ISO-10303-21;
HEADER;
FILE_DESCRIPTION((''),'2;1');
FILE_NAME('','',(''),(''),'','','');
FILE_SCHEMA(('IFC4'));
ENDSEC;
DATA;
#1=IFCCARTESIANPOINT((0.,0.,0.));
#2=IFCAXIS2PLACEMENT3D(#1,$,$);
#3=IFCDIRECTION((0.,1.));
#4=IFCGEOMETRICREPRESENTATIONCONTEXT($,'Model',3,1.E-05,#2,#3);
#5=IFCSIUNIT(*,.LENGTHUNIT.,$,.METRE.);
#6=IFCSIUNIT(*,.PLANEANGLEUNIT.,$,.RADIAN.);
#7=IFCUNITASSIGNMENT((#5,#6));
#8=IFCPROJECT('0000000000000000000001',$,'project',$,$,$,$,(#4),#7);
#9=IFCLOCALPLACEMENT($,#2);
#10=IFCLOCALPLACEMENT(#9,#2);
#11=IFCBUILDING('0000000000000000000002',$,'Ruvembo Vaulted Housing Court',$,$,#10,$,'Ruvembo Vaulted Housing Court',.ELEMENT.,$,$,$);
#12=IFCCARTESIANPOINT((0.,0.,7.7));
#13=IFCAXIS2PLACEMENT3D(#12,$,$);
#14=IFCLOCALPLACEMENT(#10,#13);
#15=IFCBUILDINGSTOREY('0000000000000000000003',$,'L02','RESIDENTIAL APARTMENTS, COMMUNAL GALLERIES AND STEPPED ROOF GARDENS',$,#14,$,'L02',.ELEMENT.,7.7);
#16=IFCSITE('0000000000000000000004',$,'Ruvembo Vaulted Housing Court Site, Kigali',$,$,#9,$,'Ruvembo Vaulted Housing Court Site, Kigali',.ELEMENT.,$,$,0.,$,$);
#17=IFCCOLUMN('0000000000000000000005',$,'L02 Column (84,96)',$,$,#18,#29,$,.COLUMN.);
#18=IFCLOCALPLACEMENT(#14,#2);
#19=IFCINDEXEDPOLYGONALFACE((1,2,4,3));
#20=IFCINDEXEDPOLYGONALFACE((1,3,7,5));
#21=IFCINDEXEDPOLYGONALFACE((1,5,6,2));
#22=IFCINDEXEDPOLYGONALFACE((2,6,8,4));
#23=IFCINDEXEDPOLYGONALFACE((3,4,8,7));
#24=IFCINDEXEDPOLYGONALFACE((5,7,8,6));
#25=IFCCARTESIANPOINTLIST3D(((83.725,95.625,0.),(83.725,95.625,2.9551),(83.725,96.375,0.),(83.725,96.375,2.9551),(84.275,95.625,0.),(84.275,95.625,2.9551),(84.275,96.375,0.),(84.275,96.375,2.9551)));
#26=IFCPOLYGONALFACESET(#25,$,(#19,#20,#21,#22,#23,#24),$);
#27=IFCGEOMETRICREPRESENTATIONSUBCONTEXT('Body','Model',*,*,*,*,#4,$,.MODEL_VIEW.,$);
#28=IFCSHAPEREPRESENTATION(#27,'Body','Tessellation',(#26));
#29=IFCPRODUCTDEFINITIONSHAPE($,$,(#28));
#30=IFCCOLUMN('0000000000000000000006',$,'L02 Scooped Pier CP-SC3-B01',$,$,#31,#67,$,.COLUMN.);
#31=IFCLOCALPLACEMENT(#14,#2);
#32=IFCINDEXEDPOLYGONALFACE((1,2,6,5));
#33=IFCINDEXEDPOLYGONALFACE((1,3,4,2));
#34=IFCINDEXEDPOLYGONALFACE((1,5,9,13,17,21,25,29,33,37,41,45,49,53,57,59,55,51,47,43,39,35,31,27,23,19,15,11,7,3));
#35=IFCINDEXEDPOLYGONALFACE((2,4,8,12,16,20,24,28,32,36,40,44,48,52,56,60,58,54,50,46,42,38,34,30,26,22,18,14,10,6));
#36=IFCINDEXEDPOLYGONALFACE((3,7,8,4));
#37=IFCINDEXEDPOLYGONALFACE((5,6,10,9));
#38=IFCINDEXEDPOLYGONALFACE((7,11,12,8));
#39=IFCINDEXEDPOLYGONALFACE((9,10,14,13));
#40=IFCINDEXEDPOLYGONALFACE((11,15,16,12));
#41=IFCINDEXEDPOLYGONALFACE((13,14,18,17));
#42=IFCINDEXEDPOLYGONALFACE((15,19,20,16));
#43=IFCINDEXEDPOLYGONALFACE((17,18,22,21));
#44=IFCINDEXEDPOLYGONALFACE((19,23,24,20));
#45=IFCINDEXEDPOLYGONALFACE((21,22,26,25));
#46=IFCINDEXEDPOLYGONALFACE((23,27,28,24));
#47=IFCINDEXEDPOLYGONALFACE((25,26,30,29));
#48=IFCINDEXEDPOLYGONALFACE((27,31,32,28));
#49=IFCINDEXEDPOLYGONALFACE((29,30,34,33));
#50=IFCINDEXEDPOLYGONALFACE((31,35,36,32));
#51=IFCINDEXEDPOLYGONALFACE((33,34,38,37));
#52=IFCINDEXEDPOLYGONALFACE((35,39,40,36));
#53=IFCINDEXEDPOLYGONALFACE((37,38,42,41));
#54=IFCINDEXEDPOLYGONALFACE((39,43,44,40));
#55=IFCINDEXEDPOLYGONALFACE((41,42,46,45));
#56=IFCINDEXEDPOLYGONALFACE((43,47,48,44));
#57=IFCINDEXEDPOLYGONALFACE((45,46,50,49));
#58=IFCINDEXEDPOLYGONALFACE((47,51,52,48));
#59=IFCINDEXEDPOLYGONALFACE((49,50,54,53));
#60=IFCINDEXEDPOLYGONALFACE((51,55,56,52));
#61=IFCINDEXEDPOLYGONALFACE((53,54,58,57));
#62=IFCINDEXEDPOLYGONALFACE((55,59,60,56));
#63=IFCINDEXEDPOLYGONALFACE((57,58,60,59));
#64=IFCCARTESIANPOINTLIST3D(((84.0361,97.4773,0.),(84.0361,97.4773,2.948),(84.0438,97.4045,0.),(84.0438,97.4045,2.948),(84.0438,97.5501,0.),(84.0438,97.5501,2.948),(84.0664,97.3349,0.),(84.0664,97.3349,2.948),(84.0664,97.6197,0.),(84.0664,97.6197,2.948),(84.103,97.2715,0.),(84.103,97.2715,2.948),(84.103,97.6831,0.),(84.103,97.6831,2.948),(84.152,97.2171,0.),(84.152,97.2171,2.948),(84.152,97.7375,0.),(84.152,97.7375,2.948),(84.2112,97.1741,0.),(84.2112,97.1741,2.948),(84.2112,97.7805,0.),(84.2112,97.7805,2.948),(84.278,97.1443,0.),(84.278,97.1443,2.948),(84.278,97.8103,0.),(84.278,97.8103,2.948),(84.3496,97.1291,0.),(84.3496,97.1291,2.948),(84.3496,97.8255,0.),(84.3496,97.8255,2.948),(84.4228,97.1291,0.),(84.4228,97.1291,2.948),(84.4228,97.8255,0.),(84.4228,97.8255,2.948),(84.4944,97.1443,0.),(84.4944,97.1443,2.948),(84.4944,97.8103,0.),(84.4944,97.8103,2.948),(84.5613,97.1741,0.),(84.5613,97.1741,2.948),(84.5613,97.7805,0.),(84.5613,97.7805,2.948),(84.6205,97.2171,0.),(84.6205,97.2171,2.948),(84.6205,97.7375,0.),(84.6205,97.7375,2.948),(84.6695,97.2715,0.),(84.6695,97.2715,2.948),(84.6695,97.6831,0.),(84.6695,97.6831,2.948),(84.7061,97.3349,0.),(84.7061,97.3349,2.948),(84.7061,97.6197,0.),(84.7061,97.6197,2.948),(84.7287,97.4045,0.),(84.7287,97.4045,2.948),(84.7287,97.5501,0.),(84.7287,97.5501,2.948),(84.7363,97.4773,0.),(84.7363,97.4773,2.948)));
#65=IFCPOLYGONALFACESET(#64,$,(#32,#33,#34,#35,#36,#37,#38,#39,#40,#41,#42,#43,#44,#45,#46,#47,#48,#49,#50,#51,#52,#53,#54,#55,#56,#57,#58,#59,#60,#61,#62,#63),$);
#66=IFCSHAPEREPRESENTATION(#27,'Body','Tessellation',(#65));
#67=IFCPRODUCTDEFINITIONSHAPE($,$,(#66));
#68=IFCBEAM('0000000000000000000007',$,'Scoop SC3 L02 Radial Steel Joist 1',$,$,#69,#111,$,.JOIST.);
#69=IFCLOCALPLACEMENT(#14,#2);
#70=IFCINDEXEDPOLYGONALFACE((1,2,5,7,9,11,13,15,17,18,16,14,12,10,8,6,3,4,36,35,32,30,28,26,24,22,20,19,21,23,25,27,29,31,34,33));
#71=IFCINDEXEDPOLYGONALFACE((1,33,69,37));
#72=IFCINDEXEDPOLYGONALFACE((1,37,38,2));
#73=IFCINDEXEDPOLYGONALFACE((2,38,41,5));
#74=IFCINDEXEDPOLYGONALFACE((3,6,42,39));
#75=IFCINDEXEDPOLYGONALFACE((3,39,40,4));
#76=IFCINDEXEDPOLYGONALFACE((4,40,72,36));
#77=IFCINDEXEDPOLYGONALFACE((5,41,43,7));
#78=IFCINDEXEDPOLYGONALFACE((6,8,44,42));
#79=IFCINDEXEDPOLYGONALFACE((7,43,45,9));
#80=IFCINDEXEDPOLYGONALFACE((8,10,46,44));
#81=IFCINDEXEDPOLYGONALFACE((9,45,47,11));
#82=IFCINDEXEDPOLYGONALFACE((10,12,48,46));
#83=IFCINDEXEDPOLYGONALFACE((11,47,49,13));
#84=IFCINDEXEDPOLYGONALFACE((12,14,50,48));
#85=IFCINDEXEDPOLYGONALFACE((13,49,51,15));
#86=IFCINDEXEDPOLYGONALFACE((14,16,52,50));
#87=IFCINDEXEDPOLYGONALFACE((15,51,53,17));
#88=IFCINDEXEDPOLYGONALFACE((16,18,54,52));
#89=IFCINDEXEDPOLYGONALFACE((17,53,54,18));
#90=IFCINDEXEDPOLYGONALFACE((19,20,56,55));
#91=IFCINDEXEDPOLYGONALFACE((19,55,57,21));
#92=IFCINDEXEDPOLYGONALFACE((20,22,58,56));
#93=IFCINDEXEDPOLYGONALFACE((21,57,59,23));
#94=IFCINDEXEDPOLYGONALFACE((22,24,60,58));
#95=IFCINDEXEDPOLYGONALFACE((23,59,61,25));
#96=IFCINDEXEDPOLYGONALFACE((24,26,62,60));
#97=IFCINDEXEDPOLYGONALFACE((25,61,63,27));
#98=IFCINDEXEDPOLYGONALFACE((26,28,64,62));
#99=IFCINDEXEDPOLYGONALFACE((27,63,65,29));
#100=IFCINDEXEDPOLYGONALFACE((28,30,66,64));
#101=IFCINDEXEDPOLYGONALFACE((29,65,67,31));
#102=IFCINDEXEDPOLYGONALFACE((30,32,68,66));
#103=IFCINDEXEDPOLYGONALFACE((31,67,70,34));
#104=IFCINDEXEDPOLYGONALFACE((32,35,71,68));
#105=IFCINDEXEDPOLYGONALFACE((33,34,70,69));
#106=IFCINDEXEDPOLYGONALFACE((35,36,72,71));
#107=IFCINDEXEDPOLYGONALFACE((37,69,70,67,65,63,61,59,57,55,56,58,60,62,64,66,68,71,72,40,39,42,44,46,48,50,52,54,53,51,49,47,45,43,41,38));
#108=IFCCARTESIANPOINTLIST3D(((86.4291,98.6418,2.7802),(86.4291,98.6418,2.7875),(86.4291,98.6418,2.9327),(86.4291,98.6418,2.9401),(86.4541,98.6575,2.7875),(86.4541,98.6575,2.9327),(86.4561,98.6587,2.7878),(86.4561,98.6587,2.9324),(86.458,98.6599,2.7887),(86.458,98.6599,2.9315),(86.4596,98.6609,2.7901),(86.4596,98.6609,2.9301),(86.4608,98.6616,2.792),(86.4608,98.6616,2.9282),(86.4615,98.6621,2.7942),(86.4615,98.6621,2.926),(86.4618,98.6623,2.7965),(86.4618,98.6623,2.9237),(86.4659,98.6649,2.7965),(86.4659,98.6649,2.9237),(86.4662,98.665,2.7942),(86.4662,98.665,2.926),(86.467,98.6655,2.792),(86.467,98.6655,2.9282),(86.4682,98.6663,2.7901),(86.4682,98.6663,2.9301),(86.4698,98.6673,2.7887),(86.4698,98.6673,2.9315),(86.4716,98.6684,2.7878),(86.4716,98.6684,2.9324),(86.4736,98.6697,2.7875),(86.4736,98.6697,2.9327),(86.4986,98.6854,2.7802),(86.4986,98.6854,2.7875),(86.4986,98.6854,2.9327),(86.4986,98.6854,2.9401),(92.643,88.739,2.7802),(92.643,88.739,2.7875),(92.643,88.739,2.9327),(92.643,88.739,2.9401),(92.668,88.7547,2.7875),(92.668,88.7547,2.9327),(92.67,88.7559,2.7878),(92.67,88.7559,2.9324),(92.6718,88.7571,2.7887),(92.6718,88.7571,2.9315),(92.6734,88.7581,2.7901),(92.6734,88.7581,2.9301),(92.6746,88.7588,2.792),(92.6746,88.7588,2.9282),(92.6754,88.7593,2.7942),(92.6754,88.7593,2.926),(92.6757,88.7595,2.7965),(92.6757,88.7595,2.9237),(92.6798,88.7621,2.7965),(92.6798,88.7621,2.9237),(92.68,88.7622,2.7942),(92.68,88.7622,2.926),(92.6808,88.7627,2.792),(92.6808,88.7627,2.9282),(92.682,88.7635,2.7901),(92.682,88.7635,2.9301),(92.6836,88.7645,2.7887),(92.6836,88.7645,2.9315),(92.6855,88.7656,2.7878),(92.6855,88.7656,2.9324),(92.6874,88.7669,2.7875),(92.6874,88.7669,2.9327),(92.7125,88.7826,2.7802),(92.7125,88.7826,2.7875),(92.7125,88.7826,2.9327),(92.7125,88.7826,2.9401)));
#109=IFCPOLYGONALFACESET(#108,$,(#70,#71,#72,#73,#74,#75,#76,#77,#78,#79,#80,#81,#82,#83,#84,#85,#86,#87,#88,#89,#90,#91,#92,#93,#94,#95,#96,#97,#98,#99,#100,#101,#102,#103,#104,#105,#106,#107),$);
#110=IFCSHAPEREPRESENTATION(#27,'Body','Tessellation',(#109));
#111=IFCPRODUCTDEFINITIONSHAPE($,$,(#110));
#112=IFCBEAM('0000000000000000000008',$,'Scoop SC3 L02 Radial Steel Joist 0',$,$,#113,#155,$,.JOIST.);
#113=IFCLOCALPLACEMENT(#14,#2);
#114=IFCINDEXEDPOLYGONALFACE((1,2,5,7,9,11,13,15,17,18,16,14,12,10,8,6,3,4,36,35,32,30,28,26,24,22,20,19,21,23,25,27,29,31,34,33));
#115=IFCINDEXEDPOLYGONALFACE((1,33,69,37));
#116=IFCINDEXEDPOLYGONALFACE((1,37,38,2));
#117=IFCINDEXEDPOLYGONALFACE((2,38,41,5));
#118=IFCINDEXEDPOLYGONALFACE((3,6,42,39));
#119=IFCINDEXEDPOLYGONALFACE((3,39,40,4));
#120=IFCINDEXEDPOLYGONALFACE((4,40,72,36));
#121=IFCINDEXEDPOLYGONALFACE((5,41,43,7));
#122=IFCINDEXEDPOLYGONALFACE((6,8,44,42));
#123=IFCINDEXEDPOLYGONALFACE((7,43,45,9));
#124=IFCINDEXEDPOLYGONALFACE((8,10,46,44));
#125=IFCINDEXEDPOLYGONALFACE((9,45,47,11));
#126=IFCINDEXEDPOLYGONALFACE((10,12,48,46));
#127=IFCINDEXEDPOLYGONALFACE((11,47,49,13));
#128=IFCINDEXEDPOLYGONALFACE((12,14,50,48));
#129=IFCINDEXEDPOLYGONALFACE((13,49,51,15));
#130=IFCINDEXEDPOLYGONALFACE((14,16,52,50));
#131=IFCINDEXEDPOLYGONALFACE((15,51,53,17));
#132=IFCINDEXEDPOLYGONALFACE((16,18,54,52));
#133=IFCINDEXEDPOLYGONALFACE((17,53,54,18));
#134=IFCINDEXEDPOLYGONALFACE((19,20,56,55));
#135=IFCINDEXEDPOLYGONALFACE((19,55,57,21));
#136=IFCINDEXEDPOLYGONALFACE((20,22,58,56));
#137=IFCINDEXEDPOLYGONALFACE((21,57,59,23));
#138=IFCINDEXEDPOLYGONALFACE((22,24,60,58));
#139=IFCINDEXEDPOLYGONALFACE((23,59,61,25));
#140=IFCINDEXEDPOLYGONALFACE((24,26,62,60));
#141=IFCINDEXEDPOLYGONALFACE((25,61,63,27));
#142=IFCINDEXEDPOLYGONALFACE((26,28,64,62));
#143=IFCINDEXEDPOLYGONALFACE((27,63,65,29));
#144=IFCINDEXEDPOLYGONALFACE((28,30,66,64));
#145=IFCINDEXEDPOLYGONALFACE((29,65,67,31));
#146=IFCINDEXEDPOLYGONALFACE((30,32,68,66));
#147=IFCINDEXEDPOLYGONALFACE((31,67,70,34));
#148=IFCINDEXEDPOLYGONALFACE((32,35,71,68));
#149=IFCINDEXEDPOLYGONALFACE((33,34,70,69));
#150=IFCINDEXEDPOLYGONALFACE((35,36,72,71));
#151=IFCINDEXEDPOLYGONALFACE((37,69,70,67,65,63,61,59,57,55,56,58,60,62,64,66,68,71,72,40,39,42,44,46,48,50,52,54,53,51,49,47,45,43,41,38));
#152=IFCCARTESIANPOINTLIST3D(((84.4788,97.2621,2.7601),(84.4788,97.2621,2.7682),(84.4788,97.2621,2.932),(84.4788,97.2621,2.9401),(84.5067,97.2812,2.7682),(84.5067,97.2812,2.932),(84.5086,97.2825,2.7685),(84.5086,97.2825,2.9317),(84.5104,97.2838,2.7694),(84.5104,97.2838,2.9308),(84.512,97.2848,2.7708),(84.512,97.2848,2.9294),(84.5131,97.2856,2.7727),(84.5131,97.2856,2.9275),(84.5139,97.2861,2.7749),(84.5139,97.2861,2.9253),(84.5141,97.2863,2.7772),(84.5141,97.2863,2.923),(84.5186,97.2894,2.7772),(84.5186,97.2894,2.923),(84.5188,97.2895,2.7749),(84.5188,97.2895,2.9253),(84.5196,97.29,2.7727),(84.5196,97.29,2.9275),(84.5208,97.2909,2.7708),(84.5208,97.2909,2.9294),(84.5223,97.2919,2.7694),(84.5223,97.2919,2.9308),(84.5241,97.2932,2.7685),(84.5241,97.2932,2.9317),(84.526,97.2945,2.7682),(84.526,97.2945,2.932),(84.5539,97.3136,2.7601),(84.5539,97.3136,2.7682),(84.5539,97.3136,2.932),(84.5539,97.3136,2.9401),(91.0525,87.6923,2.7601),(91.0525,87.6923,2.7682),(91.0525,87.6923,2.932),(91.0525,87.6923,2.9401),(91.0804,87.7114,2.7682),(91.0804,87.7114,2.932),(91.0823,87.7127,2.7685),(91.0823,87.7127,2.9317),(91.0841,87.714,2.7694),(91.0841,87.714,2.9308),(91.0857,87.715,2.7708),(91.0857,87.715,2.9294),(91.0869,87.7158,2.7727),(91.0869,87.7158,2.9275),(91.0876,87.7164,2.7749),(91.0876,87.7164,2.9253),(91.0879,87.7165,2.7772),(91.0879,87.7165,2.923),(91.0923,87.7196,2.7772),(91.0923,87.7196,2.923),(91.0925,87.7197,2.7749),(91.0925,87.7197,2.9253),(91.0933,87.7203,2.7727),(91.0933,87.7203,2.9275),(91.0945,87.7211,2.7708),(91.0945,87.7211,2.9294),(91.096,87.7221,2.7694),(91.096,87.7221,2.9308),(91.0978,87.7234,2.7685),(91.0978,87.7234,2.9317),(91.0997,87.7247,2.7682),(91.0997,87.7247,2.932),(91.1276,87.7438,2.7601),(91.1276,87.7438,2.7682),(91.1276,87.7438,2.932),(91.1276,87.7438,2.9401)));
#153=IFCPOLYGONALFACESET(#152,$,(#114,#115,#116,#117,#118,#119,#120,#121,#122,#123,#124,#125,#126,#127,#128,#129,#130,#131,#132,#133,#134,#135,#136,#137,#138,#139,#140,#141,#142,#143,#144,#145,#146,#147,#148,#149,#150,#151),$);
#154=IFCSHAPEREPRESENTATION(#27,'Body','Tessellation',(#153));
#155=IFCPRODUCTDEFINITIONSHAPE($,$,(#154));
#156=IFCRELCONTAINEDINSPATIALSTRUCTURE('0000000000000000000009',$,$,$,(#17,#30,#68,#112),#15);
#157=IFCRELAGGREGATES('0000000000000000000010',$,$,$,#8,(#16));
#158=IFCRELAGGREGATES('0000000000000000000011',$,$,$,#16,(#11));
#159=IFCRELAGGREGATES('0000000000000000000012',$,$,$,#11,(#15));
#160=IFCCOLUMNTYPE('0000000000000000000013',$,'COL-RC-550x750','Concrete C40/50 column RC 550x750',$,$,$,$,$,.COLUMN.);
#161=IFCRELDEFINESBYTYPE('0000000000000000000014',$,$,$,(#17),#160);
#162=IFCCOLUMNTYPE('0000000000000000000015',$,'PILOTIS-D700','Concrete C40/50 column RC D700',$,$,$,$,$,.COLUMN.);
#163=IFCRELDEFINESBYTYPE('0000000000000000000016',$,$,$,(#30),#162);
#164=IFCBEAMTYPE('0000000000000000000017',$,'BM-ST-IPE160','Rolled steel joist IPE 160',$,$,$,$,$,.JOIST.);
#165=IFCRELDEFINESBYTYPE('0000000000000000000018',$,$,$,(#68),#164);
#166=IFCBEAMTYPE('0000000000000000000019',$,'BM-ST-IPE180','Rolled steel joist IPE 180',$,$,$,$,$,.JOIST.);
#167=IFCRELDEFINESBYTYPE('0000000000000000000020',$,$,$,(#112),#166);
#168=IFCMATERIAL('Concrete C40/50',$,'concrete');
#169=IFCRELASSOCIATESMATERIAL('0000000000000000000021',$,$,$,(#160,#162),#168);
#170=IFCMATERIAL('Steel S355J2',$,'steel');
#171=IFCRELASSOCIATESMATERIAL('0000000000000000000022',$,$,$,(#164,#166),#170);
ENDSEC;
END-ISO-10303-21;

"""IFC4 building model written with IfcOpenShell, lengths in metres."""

from ifc_helpers import new_model, si_unit, direction, frame, origin, origin_2d, place, context, subcontext, project, spatial, rectangle, circle, i_section, extrude, material, material_profile, profile_set, type_object, element, save


model = new_model("IFC4")

# Units and contexts
model_context = context("Model", 3, precision=1e-05, world=origin(), true_north=direction((0.0, 1.0)))
body_context = subcontext(model_context, "Body", "Model", "MODEL_VIEW")
ifc_project = project(units=[si_unit("LENGTHUNIT", "METRE"), si_unit("PLANEANGLEUNIT", "RADIAN")], contexts=[model_context])

# Site, building, storey
site_placement = place(None, origin())
site = spatial("IfcSite", under=ifc_project, at=site_placement, Name="Ruvembo Vaulted Housing Court Site, Kigali", LongName="Ruvembo Vaulted Housing Court Site, Kigali", CompositionType="ELEMENT", RefElevation=0.0)
building_placement = place(site_placement, origin())
building = spatial("IfcBuilding", under=site, at=building_placement, Name="Ruvembo Vaulted Housing Court", LongName="Ruvembo Vaulted Housing Court", CompositionType="ELEMENT")
storey_placement = place(building_placement, frame((0.0, 0.0, 7.7)))
storey = spatial("IfcBuildingStorey", under=building, at=storey_placement, Name="L02", Description="RESIDENTIAL APARTMENTS, COMMUNAL GALLERIES AND STEPPED ROOF GARDENS", LongName="L02", CompositionType="ELEMENT", Elevation=7.7)

# Columns
ifc_material_1 = material(Name="Concrete C40/50", Category="concrete")
ifc_material_profile_1 = material_profile(ifc_material_1, rectangle(XDim=0.55, YDim=0.75, at=origin_2d()), Name="RC 550x750")
ifc_profile_set_1 = profile_set([ifc_material_profile_1], Name="Concrete C40/50")
column_type_1 = type_object("IfcColumnType", Name="COL-RC-550x750", Description="Concrete C40/50 column RC 550x750", PredefinedType="COLUMN", material=ifc_profile_set_1)
column_1_placement = place(storey_placement, frame((84.0, 96.0, 0.0), z_axis=(0.0, 0.0, 1.0), x_axis=(1.0, 0.0, 0.0)))
element("IfcColumn", 1, at=column_1_placement, inside=storey, type_object=column_type_1, Name="L02 Column (84,96)", PredefinedType="COLUMN", context=body_context, shape_type="SweptSolid", body=[
    extrude(rectangle(XDim=0.55, YDim=0.75, at=origin_2d()), origin(), (0.0, 0.0, 1.0), 2.9551),
])
ifc_material_profile_2 = material_profile(ifc_material_1, circle(Radius=0.3501, at=origin_2d()), Name="RC D700")
ifc_profile_set_2 = profile_set([ifc_material_profile_2], Name="Concrete C40/50")
column_type_2 = type_object("IfcColumnType", Name="PILOTIS-D700", Description="Concrete C40/50 column RC D700", PredefinedType="COLUMN", material=ifc_profile_set_2)
column_2_placement = place(storey_placement, frame((84.3862, 97.4773, 0.0), z_axis=(0.0, 0.0, 1.0), x_axis=(1.0, 0.0, 0.0)))
element("IfcColumn", 2, at=column_2_placement, inside=storey, type_object=column_type_2, Name="L02 Scooped Pier CP-SC3-B01", PredefinedType="COLUMN", context=body_context, shape_type="SweptSolid", body=[
    extrude(circle(Radius=0.3501, at=origin_2d()), origin(), (0.0, 0.0, 1.0), 2.948),
])

# Beams
ifc_material_2 = material(Name="Steel S355J2", Category="steel")
ifc_material_profile_3 = material_profile(ifc_material_2, i_section(OverallWidth=0.082, OverallDepth=0.1599, WebThickness=0.0049, FlangeThickness=0.0073, FilletRadius=0.009, at=origin_2d()), Name="IPE 160")
ifc_profile_set_3 = profile_set([ifc_material_profile_3], Name="Steel S355J2")
beam_type_1 = type_object("IfcBeamType", Name="BM-ST-IPE160", Description="Rolled steel joist IPE 160", PredefinedType="JOIST", material=ifc_profile_set_3)
beam_1_placement = place(storey_placement, frame((86.4639, 98.6636, 2.8601), z_axis=(0.531511, -0.847051, 0.0), x_axis=(0.847051, 0.531511, 0.0)))
element("IfcBeam", 3, at=beam_1_placement, inside=storey, type_object=beam_type_1, Name="Scoop SC3 L02 Radial Steel Joist 1", PredefinedType="JOIST", context=body_context, shape_type="SweptSolid", body=[
    extrude(i_section(OverallWidth=0.082, OverallDepth=0.1599, WebThickness=0.0049, FlangeThickness=0.0073, FilletRadius=0.009, at=origin_2d()), origin(), (0.0, 0.0, 1.0), 11.6909),
])
ifc_material_profile_4 = material_profile(ifc_material_2, i_section(OverallWidth=0.0911, OverallDepth=0.1799, WebThickness=0.0054, FlangeThickness=0.0081, FilletRadius=0.009, at=origin_2d()), Name="IPE 180")
ifc_profile_set_4 = profile_set([ifc_material_profile_4], Name="Steel S355J2")
beam_type_2 = type_object("IfcBeamType", Name="BM-ST-IPE180", Description="Rolled steel joist IPE 180", PredefinedType="JOIST", material=ifc_profile_set_4)
beam_2_placement = place(storey_placement, frame((84.5164, 97.2878, 2.8501), z_axis=(0.566206, -0.824264, 0.0), x_axis=(0.824264, 0.566206, 0.0)))
element("IfcBeam", 4, at=beam_2_placement, inside=storey, type_object=beam_type_2, Name="Scoop SC3 L02 Radial Steel Joist 0", PredefinedType="JOIST", context=body_context, shape_type="SweptSolid", body=[
    extrude(i_section(OverallWidth=0.0911, OverallDepth=0.1799, WebThickness=0.0054, FlangeThickness=0.0081, FilletRadius=0.009, at=origin_2d()), origin(), (0.0, 0.0, 1.0), 11.6101),
])

save(model, "model.ifc")
